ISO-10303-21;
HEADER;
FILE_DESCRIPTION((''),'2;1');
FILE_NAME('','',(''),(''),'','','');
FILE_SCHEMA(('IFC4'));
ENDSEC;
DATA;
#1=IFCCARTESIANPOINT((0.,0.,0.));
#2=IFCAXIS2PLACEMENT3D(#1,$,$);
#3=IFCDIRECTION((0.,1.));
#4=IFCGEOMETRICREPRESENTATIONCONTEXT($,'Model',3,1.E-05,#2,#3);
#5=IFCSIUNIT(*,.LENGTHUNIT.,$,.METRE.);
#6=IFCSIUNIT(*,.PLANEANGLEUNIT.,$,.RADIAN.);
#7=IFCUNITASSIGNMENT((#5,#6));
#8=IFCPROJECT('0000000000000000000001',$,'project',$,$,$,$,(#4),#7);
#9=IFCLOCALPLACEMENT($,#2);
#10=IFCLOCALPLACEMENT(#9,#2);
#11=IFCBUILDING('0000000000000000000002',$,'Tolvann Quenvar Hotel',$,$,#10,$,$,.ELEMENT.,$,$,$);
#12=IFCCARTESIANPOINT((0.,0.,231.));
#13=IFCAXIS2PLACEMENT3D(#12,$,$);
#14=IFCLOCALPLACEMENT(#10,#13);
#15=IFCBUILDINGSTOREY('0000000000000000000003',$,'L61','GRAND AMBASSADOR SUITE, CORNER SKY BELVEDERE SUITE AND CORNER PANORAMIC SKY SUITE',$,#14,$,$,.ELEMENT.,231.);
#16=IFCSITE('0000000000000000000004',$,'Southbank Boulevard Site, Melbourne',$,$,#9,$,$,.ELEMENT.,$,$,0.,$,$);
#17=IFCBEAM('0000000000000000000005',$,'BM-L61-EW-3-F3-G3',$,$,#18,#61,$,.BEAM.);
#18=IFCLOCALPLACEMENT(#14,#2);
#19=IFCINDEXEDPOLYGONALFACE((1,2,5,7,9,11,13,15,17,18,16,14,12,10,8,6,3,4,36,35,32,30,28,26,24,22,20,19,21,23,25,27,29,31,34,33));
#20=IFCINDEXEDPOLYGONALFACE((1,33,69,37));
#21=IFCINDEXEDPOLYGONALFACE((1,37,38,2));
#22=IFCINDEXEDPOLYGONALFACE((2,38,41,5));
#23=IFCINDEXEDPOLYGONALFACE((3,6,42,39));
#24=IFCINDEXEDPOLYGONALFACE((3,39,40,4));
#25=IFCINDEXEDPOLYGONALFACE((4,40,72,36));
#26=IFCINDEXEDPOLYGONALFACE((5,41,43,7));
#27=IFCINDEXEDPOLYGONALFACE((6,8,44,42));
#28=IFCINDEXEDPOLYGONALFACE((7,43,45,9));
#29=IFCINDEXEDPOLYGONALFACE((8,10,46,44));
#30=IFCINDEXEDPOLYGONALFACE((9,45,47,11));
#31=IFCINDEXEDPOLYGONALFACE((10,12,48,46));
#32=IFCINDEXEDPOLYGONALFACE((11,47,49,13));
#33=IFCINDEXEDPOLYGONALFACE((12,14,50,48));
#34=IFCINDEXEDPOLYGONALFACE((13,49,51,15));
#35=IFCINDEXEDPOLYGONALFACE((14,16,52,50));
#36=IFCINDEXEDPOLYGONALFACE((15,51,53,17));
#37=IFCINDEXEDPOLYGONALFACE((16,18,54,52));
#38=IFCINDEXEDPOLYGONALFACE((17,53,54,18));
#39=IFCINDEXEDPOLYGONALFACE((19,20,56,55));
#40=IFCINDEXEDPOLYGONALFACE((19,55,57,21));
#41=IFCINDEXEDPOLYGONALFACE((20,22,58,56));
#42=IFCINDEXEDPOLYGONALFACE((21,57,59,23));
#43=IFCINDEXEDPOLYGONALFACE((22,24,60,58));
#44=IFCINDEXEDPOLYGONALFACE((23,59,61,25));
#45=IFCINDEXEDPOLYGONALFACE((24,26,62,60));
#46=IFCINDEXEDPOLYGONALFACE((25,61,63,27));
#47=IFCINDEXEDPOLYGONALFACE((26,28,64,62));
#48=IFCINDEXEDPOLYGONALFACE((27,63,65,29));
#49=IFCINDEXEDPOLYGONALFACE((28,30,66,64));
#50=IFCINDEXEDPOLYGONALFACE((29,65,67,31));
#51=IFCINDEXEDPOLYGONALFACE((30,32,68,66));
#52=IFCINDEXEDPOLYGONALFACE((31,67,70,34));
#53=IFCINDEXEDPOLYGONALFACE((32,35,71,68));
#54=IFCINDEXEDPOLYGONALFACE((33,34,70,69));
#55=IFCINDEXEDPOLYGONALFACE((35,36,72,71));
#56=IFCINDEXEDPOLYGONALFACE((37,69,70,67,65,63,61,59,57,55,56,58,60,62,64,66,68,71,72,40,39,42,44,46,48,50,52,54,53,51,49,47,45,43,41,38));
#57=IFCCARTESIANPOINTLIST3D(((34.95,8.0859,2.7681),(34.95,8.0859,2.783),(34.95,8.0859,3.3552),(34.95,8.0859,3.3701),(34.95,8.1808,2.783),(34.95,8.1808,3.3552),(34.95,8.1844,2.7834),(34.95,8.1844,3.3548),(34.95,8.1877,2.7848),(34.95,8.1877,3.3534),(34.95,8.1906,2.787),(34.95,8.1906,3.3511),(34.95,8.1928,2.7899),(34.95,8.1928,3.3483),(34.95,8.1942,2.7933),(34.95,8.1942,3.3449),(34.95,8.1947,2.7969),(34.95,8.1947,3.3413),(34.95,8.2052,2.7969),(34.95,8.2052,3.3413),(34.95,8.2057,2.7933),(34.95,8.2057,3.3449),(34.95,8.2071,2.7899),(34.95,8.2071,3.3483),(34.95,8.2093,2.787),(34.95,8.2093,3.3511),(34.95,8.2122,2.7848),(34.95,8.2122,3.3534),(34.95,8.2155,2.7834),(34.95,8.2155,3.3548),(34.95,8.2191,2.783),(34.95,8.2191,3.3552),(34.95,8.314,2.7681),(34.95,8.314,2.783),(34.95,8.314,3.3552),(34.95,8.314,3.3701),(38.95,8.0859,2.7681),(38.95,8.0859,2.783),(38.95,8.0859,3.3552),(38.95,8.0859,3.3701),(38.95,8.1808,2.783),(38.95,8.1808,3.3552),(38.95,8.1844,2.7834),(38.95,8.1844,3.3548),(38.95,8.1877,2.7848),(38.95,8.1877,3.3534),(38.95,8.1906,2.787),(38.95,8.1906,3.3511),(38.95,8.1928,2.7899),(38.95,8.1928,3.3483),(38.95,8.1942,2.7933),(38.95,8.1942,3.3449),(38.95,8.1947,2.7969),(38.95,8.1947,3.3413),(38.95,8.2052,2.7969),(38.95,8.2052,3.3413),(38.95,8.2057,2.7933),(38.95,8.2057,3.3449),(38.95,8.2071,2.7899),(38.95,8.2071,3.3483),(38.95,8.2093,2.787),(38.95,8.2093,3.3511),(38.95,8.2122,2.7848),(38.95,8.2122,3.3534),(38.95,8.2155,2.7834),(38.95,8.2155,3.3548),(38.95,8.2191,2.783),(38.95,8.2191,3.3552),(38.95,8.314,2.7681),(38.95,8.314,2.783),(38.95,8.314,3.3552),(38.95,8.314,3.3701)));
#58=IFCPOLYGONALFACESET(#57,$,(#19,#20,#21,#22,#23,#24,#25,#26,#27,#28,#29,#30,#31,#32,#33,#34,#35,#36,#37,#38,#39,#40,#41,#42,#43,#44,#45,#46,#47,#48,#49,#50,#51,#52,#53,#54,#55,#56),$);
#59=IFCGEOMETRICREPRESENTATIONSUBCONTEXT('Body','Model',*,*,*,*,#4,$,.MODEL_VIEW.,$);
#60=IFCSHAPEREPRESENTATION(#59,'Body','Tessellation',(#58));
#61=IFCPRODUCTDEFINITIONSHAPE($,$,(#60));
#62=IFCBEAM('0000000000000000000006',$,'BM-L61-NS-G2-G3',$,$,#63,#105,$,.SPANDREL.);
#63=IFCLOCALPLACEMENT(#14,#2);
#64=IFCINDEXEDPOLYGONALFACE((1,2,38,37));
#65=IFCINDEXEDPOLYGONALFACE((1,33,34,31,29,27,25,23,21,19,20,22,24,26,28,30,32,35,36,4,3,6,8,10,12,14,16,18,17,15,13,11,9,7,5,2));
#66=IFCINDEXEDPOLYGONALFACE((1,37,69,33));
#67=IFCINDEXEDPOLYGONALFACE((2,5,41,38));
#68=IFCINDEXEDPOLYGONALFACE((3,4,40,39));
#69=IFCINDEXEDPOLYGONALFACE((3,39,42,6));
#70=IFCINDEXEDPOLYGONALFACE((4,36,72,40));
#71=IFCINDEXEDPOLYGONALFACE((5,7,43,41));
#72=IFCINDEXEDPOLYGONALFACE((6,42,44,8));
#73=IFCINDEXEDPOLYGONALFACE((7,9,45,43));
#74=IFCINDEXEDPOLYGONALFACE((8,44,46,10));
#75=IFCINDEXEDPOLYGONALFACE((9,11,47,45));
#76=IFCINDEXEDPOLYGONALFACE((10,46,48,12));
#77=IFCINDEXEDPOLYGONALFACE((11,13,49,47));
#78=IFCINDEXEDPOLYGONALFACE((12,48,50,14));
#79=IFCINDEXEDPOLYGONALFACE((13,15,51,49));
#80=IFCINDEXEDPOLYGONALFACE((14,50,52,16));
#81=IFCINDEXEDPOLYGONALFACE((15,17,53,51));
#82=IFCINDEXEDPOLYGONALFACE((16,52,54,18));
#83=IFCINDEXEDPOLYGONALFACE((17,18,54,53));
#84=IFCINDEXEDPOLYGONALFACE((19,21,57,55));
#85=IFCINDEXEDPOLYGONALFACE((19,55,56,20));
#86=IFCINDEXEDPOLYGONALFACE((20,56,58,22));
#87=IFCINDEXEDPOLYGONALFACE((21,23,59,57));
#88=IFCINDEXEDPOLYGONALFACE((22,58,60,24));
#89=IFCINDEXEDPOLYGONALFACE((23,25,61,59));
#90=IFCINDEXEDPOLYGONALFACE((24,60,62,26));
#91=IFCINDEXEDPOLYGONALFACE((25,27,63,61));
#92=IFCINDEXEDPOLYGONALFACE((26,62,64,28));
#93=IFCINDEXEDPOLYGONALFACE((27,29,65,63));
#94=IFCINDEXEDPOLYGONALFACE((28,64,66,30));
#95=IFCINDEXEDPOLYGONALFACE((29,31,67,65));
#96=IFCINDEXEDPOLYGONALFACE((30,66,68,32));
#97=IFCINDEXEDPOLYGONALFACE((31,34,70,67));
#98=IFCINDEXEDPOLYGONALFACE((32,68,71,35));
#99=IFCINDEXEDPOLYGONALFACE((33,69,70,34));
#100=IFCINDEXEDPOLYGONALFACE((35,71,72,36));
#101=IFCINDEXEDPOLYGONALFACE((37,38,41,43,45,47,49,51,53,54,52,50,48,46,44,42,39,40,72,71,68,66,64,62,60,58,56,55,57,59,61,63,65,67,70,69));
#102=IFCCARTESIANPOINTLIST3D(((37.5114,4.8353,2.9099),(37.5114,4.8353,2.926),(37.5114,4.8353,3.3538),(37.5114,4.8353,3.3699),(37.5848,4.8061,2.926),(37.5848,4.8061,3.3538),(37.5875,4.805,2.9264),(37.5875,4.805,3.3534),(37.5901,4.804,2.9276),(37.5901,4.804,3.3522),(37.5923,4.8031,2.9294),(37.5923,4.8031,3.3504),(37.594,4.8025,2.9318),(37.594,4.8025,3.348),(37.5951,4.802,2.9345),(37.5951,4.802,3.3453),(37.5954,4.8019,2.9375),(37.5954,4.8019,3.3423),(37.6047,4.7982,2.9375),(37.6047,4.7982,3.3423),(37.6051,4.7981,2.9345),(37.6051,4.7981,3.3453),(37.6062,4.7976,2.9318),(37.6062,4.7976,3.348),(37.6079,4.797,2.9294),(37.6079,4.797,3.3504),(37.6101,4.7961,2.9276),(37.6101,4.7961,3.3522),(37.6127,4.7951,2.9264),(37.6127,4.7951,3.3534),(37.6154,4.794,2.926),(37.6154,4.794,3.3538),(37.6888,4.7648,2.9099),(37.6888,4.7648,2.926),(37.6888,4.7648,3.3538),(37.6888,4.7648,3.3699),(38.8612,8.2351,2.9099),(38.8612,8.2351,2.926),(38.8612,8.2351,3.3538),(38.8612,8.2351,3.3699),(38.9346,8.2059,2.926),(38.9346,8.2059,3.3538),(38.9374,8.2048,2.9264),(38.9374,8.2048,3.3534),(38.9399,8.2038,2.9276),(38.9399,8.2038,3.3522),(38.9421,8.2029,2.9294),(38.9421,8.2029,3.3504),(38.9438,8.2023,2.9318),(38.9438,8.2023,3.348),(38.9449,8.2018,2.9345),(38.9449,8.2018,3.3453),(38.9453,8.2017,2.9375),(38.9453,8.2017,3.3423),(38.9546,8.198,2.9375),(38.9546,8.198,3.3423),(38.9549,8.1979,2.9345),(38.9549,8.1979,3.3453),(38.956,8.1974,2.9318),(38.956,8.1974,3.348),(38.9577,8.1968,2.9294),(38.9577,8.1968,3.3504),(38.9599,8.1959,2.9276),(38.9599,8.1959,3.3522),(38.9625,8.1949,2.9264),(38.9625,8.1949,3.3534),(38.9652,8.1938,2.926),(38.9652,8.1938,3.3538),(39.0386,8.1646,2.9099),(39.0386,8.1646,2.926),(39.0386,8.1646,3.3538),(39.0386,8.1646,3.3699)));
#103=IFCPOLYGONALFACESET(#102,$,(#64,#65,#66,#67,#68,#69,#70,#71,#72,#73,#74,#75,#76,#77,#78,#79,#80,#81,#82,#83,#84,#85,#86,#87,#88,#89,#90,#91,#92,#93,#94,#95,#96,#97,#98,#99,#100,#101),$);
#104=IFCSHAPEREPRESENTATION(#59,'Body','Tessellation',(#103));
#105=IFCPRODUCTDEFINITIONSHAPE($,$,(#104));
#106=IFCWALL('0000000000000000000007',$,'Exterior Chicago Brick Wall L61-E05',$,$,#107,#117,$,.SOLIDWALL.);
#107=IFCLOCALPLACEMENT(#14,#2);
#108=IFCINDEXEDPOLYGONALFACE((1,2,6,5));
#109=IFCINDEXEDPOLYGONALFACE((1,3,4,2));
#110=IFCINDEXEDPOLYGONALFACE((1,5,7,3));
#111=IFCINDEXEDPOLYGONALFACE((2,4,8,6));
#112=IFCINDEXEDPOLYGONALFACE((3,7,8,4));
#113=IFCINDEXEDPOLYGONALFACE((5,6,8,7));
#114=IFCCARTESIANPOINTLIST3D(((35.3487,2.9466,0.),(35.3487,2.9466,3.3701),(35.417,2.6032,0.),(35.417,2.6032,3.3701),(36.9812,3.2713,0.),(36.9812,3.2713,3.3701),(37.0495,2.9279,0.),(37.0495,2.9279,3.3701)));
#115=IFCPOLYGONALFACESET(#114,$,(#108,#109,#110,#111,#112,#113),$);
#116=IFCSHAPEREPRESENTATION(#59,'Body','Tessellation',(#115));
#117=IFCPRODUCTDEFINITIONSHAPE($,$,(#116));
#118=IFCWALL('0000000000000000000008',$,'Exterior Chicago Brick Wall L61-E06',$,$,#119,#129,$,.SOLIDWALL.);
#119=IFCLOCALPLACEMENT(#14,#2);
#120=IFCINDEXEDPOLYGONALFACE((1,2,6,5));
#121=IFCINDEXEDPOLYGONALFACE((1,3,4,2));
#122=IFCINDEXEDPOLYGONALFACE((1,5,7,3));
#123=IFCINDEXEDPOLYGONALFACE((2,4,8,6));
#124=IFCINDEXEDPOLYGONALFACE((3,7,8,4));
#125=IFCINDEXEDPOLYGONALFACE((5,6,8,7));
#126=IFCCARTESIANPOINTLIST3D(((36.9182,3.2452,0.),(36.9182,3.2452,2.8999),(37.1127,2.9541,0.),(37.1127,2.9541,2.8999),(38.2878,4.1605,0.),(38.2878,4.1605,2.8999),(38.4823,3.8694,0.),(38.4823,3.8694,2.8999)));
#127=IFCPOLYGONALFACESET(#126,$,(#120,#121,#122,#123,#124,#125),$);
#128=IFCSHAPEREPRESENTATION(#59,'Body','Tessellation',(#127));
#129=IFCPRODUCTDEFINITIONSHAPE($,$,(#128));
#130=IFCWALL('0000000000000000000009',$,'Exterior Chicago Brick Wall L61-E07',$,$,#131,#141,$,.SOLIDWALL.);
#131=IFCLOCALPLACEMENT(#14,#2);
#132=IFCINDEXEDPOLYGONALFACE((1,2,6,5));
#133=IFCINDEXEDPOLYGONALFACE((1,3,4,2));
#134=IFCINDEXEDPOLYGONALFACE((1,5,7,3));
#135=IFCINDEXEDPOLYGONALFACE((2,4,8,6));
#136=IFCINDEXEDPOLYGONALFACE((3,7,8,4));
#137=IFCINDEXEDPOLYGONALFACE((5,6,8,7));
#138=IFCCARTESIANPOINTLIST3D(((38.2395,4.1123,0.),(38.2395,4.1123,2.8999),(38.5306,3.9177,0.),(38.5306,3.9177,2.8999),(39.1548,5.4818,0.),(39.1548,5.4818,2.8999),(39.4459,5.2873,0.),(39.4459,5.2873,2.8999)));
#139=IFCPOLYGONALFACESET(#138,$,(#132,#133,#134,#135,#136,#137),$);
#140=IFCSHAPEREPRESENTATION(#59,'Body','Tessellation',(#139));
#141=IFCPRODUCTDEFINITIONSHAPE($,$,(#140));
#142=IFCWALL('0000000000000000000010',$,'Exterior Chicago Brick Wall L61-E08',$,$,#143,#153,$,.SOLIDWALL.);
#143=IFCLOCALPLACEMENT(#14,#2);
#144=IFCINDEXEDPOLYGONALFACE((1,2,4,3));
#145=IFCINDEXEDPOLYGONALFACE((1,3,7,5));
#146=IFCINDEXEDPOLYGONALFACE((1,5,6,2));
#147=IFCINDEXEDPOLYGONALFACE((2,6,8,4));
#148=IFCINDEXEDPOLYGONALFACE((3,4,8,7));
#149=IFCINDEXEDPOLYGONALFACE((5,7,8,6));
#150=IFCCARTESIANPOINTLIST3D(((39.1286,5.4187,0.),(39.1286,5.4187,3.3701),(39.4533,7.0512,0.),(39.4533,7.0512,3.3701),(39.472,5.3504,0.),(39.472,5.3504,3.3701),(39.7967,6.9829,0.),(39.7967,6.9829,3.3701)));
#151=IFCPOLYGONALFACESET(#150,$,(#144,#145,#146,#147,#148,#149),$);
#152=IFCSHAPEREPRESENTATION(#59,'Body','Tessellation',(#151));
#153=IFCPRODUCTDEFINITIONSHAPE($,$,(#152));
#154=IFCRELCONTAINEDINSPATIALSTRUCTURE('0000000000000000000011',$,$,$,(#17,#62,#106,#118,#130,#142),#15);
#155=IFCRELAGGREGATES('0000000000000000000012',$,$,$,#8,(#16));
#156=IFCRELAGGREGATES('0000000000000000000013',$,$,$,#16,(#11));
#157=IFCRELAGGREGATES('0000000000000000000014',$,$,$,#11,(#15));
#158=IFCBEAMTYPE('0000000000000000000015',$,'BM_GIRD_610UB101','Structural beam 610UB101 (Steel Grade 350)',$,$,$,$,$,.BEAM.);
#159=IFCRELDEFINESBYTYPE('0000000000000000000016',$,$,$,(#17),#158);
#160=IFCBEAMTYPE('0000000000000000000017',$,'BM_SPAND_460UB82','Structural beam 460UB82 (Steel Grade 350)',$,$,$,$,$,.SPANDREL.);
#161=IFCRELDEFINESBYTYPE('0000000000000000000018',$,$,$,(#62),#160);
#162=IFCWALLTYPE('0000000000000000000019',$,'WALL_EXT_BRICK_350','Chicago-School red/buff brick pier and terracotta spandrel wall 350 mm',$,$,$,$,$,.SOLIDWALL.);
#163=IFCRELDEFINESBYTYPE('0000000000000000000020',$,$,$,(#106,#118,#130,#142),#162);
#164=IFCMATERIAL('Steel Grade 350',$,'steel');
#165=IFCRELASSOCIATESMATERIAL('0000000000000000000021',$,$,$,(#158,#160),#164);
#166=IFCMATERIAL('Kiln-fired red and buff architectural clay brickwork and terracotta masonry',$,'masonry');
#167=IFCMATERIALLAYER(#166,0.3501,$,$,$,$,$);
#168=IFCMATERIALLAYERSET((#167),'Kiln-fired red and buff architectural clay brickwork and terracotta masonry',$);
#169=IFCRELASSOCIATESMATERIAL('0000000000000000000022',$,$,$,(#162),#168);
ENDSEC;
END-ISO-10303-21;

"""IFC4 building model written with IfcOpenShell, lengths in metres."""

from ifc_helpers import new_model, si_unit, direction, frame, frame_2d, origin, origin_2d, place, context, subcontext, project, spatial, rectangle, i_section, extrude, source, transform, mapped, material, layer, layer_set, material_profile, profile_set, type_object, element, save


model = new_model("IFC4")

# Units and contexts
model_context = context("Model", 3, precision=1e-05, world=origin(), true_north=direction((0.0, 1.0)))
body_context = subcontext(model_context, "Body", "Model", "MODEL_VIEW")
ifc_project = project(units=[si_unit("LENGTHUNIT", "METRE"), si_unit("PLANEANGLEUNIT", "RADIAN")], contexts=[model_context])

# Site, building, storey
site_placement = place(None, origin())
site = spatial("IfcSite", under=ifc_project, at=site_placement, Name="Southbank Boulevard Site, Melbourne", CompositionType="ELEMENT", RefElevation=0.0)
building_placement = place(site_placement, origin())
building = spatial("IfcBuilding", under=site, at=building_placement, Name="Tolvann Quenvar Hotel", CompositionType="ELEMENT")
storey_placement = place(building_placement, frame((0.0, 0.0, 231.0)))
storey = spatial("IfcBuildingStorey", under=building, at=storey_placement, Name="L61", Description="GRAND AMBASSADOR SUITE, CORNER SKY BELVEDERE SUITE AND CORNER PANORAMIC SKY SUITE", CompositionType="ELEMENT", Elevation=231.0)

# Shared definitions
ifc_material_1 = material(Name="Steel Grade 350", Category="steel")

# Beams
ifc_material_profile_1 = material_profile(ifc_material_1, i_section(OverallWidth=0.228, OverallDepth=0.6021, WebThickness=0.0105, FlangeThickness=0.0149, FilletRadius=0.0139, at=origin_2d()), Name="610UB101")
ifc_profile_set_1 = profile_set([ifc_material_profile_1], Name="Steel Grade 350")
beam_type_1 = type_object("IfcBeamType", Name="BM_GIRD_610UB101", Description="Structural beam 610UB101 (Steel Grade 350)", PredefinedType="BEAM", material=ifc_profile_set_1)
ifc_material_profile_2 = material_profile(ifc_material_1, i_section(OverallWidth=0.1909, OverallDepth=0.46, WebThickness=0.01, FlangeThickness=0.0161, FilletRadius=0.0115, at=origin_2d()), Name="460UB82")
ifc_profile_set_2 = profile_set([ifc_material_profile_2], Name="Steel Grade 350")
beam_type_2 = type_object("IfcBeamType", Name="BM_SPAND_460UB82", Description="Structural beam 460UB82 (Steel Grade 350)", PredefinedType="SPANDREL", material=ifc_profile_set_2)
shared_shape_1 = source(origin(), body_context, "Body", "SweptSolid", [
    extrude(i_section(OverallWidth=0.228, OverallDepth=0.6021, WebThickness=0.0105, FlangeThickness=0.0149, FilletRadius=0.0139, at=origin_2d()), origin(), (0.0, 0.0, 1.0), 4.0),
])
beam_1_placement = place(storey_placement, frame((34.95, 8.2, 3.0691), z_axis=(1.0, 0.0, 0.0), x_axis=(0.0, 1.0, 0.0)))
element("IfcBeam", 1, at=beam_1_placement, inside=storey, type_object=beam_type_1, Name="BM-L61-EW-3-F3-G3", PredefinedType="BEAM", context=body_context, shape_type="MappedRepresentation", body=[
    mapped(shared_shape_1, transform((0.0, 0.0, 0.0), x_axis=(1.0, 0.0, 0.0), y_axis=(0.0, 1.0, 0.0), z_axis=(0.0, 0.0, 1.0), scale=1.0)),
])
shared_shape_2 = source(origin(), body_context, "Body", "SweptSolid", [
    extrude(i_section(OverallWidth=0.1909, OverallDepth=0.46, WebThickness=0.01, FlangeThickness=0.0161, FilletRadius=0.0115, at=origin_2d()), origin(), (0.0, 0.0, 1.0), 3.658),
])
beam_2_placement = place(storey_placement, frame((37.6001, 4.8, 3.1399), z_axis=(0.369008, 0.929426, 0.0), x_axis=(-0.929426, 0.369008, 0.0)))
element("IfcBeam", 2, at=beam_2_placement, inside=storey, type_object=beam_type_2, Name="BM-L61-NS-G2-G3", PredefinedType="SPANDREL", context=body_context, shape_type="MappedRepresentation", body=[
    mapped(shared_shape_2, transform((0.0, 0.0, 0.0), x_axis=(1.0, 0.0, 0.0), y_axis=(0.0, 1.0, 0.0), z_axis=(0.0, 0.0, 1.0), scale=1.0)),
])

# Walls
ifc_material_2 = material(Name="Kiln-fired red and buff architectural clay brickwork and terracotta masonry", Category="masonry")
ifc_layer_1 = layer(ifc_material_2, 0.3501)
ifc_layer_set_1 = layer_set([ifc_layer_1], Name="Kiln-fired red and buff architectural clay brickwork and terracotta masonry")
wall_type_1 = type_object("IfcWallType", Name="WALL_EXT_BRICK_350", Description="Chicago-School red/buff brick pier and terracotta spandrel wall 350 mm", PredefinedType="SOLIDWALL", material=ifc_layer_set_1)
wall_1_placement = place(storey_placement, frame((35.3828, 2.7749, 0.0), z_axis=(0.0, 0.0, 1.0), x_axis=(0.980789, 0.195072, 0.0)))
element("IfcWall", 3, at=wall_1_placement, inside=storey, type_object=wall_type_1, Name="Exterior Chicago Brick Wall L61-E05", PredefinedType="SOLIDWALL", context=body_context, shape_type="SweptSolid", body=[
    extrude(rectangle(XDim=1.6646, YDim=0.3501, at=frame_2d((0.8323, 0.0))), origin(), (0.0, 0.0, 1.0), 3.3701),
])
for number, where, z_axis, x_axis, name in (
    (4, (37.0154, 3.0996, 0.0), (0.0, 0.0, 1.0), (0.831434, 0.555623, 0.0), "Exterior Chicago Brick Wall L61-E06"),
    (5, (38.385, 4.0149, 0.0), (0.0, 0.0, 1.0), (0.555623, 0.831434, 0.0), "Exterior Chicago Brick Wall L61-E07"),
):
    element("IfcWall", number, at=place(storey_placement, frame(where, z_axis=z_axis, x_axis=x_axis)), inside=storey, type_object=wall_type_1, Name=name, PredefinedType="SOLIDWALL", context=body_context, shape_type="SweptSolid", body=[
        extrude(rectangle(XDim=1.6472, YDim=0.3501, at=frame_2d((0.8237, 0.0))), origin(), (0.0, 0.0, 1.0), 2.8999),
    ])
wall_2_placement = place(storey_placement, frame((39.3003, 5.3845, 0.0), z_axis=(0.0, 0.0, 1.0), x_axis=(0.195072, 0.980789, 0.0)))
element("IfcWall", 6, at=wall_2_placement, inside=storey, type_object=wall_type_1, Name="Exterior Chicago Brick Wall L61-E08", PredefinedType="SOLIDWALL", context=body_context, shape_type="SweptSolid", body=[
    extrude(rectangle(XDim=1.6646, YDim=0.3501, at=frame_2d((0.8323, 0.0))), origin(), (0.0, 0.0, 1.0), 3.3701),
])

save(model, "model.ifc")
